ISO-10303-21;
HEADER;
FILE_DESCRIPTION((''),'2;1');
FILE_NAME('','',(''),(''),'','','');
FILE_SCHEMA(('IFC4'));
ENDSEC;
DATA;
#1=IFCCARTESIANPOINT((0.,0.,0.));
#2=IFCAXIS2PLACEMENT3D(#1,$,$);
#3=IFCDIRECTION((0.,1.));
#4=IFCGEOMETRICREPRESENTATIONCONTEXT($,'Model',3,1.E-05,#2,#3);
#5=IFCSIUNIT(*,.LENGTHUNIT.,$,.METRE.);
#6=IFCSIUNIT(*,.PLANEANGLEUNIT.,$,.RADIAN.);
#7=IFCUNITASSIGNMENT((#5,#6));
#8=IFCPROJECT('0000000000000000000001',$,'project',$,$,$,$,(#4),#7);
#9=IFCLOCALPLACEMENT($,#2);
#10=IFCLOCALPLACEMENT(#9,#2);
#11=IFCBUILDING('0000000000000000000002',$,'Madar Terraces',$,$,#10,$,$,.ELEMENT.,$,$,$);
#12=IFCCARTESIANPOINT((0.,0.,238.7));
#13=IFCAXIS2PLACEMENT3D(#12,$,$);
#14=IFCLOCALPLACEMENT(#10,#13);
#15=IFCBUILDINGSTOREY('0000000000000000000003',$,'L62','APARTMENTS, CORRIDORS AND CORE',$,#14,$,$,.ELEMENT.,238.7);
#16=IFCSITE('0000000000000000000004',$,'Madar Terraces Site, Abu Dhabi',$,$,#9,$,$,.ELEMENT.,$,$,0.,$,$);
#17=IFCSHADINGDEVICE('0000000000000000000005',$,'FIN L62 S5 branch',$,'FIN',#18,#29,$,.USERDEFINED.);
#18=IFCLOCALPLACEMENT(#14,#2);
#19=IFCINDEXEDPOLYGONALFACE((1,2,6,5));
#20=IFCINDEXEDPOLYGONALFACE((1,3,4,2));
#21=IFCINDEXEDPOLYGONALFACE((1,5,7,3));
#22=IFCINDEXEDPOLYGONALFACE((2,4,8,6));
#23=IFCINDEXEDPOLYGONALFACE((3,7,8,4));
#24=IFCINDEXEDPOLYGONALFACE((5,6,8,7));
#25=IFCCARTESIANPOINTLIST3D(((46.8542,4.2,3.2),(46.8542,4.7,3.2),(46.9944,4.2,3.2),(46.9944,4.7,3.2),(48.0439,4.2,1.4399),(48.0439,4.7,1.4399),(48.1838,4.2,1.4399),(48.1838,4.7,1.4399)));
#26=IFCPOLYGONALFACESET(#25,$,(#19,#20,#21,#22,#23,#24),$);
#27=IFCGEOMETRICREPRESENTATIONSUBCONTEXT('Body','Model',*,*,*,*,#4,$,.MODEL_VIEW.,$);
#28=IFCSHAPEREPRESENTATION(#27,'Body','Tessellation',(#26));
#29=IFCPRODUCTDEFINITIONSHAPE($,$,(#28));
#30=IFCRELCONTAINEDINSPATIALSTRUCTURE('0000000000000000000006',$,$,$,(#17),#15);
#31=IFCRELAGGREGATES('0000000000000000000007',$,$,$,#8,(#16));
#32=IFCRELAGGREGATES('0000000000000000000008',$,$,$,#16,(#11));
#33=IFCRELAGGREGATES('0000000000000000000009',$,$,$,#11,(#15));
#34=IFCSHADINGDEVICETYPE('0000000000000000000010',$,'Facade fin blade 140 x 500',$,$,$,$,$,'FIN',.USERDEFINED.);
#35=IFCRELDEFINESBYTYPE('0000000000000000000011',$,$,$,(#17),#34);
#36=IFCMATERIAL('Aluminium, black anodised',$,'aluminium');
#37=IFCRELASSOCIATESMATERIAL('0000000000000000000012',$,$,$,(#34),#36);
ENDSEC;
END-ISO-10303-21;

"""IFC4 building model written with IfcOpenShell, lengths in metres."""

from ifc_helpers import new_model, si_unit, direction, frame, origin, place, context, subcontext, project, spatial, polyline, outline, extrude, material, type_object, element, save


model = new_model("IFC4")

# Units and contexts
model_context = context("Model", 3, precision=1e-05, world=origin(), true_north=direction((0.0, 1.0)))
body_context = subcontext(model_context, "Body", "Model", "MODEL_VIEW")
ifc_project = project(units=[si_unit("LENGTHUNIT", "METRE"), si_unit("PLANEANGLEUNIT", "RADIAN")], contexts=[model_context])

# Site, building, storey
site_placement = place(None, origin())
site = spatial("IfcSite", under=ifc_project, at=site_placement, Name="Madar Terraces Site, Abu Dhabi", CompositionType="ELEMENT", RefElevation=0.0)
building_placement = place(site_placement, origin())
building = spatial("IfcBuilding", under=site, at=building_placement, Name="Madar Terraces", CompositionType="ELEMENT")
storey_placement = place(building_placement, frame((0.0, 0.0, 238.7)))
storey = spatial("IfcBuildingStorey", under=building, at=storey_placement, Name="L62", Description="APARTMENTS, CORRIDORS AND CORE", CompositionType="ELEMENT", Elevation=238.7)

# Shading device
ifc_material_1 = material(Name="Aluminium, black anodised", Category="aluminium")
shading_device_type = type_object("IfcShadingDeviceType", Name="Facade fin blade 140 x 500", ElementType="FIN", PredefinedType="USERDEFINED", material=ifc_material_1)
shading_device_1_placement = place(storey_placement, frame((48.0439, 4.45, 1.4399), z_axis=(0.0, 0.0, 1.0), x_axis=(1.0, 0.0, 0.0)))
element("IfcShadingDevice", 1, at=shading_device_1_placement, inside=storey, type_object=shading_device_type, Name="FIN L62 S5 branch", ObjectType="FIN", PredefinedType="USERDEFINED", context=body_context, shape_type="SweptSolid", body=[
    extrude(outline(polyline([(0.0, 0.0), (0.1399, 0.0), (-1.0496, 1.76), (-1.1897, 1.76), (0.0, 0.0)])), frame((0.0, 0.25, 0.0), z_axis=(0.0, -1.0, 0.0), x_axis=(1.0, 0.0, 0.0)), (0.0, 0.0, 1.0), 0.5),
])

save(model, "model.ifc")
